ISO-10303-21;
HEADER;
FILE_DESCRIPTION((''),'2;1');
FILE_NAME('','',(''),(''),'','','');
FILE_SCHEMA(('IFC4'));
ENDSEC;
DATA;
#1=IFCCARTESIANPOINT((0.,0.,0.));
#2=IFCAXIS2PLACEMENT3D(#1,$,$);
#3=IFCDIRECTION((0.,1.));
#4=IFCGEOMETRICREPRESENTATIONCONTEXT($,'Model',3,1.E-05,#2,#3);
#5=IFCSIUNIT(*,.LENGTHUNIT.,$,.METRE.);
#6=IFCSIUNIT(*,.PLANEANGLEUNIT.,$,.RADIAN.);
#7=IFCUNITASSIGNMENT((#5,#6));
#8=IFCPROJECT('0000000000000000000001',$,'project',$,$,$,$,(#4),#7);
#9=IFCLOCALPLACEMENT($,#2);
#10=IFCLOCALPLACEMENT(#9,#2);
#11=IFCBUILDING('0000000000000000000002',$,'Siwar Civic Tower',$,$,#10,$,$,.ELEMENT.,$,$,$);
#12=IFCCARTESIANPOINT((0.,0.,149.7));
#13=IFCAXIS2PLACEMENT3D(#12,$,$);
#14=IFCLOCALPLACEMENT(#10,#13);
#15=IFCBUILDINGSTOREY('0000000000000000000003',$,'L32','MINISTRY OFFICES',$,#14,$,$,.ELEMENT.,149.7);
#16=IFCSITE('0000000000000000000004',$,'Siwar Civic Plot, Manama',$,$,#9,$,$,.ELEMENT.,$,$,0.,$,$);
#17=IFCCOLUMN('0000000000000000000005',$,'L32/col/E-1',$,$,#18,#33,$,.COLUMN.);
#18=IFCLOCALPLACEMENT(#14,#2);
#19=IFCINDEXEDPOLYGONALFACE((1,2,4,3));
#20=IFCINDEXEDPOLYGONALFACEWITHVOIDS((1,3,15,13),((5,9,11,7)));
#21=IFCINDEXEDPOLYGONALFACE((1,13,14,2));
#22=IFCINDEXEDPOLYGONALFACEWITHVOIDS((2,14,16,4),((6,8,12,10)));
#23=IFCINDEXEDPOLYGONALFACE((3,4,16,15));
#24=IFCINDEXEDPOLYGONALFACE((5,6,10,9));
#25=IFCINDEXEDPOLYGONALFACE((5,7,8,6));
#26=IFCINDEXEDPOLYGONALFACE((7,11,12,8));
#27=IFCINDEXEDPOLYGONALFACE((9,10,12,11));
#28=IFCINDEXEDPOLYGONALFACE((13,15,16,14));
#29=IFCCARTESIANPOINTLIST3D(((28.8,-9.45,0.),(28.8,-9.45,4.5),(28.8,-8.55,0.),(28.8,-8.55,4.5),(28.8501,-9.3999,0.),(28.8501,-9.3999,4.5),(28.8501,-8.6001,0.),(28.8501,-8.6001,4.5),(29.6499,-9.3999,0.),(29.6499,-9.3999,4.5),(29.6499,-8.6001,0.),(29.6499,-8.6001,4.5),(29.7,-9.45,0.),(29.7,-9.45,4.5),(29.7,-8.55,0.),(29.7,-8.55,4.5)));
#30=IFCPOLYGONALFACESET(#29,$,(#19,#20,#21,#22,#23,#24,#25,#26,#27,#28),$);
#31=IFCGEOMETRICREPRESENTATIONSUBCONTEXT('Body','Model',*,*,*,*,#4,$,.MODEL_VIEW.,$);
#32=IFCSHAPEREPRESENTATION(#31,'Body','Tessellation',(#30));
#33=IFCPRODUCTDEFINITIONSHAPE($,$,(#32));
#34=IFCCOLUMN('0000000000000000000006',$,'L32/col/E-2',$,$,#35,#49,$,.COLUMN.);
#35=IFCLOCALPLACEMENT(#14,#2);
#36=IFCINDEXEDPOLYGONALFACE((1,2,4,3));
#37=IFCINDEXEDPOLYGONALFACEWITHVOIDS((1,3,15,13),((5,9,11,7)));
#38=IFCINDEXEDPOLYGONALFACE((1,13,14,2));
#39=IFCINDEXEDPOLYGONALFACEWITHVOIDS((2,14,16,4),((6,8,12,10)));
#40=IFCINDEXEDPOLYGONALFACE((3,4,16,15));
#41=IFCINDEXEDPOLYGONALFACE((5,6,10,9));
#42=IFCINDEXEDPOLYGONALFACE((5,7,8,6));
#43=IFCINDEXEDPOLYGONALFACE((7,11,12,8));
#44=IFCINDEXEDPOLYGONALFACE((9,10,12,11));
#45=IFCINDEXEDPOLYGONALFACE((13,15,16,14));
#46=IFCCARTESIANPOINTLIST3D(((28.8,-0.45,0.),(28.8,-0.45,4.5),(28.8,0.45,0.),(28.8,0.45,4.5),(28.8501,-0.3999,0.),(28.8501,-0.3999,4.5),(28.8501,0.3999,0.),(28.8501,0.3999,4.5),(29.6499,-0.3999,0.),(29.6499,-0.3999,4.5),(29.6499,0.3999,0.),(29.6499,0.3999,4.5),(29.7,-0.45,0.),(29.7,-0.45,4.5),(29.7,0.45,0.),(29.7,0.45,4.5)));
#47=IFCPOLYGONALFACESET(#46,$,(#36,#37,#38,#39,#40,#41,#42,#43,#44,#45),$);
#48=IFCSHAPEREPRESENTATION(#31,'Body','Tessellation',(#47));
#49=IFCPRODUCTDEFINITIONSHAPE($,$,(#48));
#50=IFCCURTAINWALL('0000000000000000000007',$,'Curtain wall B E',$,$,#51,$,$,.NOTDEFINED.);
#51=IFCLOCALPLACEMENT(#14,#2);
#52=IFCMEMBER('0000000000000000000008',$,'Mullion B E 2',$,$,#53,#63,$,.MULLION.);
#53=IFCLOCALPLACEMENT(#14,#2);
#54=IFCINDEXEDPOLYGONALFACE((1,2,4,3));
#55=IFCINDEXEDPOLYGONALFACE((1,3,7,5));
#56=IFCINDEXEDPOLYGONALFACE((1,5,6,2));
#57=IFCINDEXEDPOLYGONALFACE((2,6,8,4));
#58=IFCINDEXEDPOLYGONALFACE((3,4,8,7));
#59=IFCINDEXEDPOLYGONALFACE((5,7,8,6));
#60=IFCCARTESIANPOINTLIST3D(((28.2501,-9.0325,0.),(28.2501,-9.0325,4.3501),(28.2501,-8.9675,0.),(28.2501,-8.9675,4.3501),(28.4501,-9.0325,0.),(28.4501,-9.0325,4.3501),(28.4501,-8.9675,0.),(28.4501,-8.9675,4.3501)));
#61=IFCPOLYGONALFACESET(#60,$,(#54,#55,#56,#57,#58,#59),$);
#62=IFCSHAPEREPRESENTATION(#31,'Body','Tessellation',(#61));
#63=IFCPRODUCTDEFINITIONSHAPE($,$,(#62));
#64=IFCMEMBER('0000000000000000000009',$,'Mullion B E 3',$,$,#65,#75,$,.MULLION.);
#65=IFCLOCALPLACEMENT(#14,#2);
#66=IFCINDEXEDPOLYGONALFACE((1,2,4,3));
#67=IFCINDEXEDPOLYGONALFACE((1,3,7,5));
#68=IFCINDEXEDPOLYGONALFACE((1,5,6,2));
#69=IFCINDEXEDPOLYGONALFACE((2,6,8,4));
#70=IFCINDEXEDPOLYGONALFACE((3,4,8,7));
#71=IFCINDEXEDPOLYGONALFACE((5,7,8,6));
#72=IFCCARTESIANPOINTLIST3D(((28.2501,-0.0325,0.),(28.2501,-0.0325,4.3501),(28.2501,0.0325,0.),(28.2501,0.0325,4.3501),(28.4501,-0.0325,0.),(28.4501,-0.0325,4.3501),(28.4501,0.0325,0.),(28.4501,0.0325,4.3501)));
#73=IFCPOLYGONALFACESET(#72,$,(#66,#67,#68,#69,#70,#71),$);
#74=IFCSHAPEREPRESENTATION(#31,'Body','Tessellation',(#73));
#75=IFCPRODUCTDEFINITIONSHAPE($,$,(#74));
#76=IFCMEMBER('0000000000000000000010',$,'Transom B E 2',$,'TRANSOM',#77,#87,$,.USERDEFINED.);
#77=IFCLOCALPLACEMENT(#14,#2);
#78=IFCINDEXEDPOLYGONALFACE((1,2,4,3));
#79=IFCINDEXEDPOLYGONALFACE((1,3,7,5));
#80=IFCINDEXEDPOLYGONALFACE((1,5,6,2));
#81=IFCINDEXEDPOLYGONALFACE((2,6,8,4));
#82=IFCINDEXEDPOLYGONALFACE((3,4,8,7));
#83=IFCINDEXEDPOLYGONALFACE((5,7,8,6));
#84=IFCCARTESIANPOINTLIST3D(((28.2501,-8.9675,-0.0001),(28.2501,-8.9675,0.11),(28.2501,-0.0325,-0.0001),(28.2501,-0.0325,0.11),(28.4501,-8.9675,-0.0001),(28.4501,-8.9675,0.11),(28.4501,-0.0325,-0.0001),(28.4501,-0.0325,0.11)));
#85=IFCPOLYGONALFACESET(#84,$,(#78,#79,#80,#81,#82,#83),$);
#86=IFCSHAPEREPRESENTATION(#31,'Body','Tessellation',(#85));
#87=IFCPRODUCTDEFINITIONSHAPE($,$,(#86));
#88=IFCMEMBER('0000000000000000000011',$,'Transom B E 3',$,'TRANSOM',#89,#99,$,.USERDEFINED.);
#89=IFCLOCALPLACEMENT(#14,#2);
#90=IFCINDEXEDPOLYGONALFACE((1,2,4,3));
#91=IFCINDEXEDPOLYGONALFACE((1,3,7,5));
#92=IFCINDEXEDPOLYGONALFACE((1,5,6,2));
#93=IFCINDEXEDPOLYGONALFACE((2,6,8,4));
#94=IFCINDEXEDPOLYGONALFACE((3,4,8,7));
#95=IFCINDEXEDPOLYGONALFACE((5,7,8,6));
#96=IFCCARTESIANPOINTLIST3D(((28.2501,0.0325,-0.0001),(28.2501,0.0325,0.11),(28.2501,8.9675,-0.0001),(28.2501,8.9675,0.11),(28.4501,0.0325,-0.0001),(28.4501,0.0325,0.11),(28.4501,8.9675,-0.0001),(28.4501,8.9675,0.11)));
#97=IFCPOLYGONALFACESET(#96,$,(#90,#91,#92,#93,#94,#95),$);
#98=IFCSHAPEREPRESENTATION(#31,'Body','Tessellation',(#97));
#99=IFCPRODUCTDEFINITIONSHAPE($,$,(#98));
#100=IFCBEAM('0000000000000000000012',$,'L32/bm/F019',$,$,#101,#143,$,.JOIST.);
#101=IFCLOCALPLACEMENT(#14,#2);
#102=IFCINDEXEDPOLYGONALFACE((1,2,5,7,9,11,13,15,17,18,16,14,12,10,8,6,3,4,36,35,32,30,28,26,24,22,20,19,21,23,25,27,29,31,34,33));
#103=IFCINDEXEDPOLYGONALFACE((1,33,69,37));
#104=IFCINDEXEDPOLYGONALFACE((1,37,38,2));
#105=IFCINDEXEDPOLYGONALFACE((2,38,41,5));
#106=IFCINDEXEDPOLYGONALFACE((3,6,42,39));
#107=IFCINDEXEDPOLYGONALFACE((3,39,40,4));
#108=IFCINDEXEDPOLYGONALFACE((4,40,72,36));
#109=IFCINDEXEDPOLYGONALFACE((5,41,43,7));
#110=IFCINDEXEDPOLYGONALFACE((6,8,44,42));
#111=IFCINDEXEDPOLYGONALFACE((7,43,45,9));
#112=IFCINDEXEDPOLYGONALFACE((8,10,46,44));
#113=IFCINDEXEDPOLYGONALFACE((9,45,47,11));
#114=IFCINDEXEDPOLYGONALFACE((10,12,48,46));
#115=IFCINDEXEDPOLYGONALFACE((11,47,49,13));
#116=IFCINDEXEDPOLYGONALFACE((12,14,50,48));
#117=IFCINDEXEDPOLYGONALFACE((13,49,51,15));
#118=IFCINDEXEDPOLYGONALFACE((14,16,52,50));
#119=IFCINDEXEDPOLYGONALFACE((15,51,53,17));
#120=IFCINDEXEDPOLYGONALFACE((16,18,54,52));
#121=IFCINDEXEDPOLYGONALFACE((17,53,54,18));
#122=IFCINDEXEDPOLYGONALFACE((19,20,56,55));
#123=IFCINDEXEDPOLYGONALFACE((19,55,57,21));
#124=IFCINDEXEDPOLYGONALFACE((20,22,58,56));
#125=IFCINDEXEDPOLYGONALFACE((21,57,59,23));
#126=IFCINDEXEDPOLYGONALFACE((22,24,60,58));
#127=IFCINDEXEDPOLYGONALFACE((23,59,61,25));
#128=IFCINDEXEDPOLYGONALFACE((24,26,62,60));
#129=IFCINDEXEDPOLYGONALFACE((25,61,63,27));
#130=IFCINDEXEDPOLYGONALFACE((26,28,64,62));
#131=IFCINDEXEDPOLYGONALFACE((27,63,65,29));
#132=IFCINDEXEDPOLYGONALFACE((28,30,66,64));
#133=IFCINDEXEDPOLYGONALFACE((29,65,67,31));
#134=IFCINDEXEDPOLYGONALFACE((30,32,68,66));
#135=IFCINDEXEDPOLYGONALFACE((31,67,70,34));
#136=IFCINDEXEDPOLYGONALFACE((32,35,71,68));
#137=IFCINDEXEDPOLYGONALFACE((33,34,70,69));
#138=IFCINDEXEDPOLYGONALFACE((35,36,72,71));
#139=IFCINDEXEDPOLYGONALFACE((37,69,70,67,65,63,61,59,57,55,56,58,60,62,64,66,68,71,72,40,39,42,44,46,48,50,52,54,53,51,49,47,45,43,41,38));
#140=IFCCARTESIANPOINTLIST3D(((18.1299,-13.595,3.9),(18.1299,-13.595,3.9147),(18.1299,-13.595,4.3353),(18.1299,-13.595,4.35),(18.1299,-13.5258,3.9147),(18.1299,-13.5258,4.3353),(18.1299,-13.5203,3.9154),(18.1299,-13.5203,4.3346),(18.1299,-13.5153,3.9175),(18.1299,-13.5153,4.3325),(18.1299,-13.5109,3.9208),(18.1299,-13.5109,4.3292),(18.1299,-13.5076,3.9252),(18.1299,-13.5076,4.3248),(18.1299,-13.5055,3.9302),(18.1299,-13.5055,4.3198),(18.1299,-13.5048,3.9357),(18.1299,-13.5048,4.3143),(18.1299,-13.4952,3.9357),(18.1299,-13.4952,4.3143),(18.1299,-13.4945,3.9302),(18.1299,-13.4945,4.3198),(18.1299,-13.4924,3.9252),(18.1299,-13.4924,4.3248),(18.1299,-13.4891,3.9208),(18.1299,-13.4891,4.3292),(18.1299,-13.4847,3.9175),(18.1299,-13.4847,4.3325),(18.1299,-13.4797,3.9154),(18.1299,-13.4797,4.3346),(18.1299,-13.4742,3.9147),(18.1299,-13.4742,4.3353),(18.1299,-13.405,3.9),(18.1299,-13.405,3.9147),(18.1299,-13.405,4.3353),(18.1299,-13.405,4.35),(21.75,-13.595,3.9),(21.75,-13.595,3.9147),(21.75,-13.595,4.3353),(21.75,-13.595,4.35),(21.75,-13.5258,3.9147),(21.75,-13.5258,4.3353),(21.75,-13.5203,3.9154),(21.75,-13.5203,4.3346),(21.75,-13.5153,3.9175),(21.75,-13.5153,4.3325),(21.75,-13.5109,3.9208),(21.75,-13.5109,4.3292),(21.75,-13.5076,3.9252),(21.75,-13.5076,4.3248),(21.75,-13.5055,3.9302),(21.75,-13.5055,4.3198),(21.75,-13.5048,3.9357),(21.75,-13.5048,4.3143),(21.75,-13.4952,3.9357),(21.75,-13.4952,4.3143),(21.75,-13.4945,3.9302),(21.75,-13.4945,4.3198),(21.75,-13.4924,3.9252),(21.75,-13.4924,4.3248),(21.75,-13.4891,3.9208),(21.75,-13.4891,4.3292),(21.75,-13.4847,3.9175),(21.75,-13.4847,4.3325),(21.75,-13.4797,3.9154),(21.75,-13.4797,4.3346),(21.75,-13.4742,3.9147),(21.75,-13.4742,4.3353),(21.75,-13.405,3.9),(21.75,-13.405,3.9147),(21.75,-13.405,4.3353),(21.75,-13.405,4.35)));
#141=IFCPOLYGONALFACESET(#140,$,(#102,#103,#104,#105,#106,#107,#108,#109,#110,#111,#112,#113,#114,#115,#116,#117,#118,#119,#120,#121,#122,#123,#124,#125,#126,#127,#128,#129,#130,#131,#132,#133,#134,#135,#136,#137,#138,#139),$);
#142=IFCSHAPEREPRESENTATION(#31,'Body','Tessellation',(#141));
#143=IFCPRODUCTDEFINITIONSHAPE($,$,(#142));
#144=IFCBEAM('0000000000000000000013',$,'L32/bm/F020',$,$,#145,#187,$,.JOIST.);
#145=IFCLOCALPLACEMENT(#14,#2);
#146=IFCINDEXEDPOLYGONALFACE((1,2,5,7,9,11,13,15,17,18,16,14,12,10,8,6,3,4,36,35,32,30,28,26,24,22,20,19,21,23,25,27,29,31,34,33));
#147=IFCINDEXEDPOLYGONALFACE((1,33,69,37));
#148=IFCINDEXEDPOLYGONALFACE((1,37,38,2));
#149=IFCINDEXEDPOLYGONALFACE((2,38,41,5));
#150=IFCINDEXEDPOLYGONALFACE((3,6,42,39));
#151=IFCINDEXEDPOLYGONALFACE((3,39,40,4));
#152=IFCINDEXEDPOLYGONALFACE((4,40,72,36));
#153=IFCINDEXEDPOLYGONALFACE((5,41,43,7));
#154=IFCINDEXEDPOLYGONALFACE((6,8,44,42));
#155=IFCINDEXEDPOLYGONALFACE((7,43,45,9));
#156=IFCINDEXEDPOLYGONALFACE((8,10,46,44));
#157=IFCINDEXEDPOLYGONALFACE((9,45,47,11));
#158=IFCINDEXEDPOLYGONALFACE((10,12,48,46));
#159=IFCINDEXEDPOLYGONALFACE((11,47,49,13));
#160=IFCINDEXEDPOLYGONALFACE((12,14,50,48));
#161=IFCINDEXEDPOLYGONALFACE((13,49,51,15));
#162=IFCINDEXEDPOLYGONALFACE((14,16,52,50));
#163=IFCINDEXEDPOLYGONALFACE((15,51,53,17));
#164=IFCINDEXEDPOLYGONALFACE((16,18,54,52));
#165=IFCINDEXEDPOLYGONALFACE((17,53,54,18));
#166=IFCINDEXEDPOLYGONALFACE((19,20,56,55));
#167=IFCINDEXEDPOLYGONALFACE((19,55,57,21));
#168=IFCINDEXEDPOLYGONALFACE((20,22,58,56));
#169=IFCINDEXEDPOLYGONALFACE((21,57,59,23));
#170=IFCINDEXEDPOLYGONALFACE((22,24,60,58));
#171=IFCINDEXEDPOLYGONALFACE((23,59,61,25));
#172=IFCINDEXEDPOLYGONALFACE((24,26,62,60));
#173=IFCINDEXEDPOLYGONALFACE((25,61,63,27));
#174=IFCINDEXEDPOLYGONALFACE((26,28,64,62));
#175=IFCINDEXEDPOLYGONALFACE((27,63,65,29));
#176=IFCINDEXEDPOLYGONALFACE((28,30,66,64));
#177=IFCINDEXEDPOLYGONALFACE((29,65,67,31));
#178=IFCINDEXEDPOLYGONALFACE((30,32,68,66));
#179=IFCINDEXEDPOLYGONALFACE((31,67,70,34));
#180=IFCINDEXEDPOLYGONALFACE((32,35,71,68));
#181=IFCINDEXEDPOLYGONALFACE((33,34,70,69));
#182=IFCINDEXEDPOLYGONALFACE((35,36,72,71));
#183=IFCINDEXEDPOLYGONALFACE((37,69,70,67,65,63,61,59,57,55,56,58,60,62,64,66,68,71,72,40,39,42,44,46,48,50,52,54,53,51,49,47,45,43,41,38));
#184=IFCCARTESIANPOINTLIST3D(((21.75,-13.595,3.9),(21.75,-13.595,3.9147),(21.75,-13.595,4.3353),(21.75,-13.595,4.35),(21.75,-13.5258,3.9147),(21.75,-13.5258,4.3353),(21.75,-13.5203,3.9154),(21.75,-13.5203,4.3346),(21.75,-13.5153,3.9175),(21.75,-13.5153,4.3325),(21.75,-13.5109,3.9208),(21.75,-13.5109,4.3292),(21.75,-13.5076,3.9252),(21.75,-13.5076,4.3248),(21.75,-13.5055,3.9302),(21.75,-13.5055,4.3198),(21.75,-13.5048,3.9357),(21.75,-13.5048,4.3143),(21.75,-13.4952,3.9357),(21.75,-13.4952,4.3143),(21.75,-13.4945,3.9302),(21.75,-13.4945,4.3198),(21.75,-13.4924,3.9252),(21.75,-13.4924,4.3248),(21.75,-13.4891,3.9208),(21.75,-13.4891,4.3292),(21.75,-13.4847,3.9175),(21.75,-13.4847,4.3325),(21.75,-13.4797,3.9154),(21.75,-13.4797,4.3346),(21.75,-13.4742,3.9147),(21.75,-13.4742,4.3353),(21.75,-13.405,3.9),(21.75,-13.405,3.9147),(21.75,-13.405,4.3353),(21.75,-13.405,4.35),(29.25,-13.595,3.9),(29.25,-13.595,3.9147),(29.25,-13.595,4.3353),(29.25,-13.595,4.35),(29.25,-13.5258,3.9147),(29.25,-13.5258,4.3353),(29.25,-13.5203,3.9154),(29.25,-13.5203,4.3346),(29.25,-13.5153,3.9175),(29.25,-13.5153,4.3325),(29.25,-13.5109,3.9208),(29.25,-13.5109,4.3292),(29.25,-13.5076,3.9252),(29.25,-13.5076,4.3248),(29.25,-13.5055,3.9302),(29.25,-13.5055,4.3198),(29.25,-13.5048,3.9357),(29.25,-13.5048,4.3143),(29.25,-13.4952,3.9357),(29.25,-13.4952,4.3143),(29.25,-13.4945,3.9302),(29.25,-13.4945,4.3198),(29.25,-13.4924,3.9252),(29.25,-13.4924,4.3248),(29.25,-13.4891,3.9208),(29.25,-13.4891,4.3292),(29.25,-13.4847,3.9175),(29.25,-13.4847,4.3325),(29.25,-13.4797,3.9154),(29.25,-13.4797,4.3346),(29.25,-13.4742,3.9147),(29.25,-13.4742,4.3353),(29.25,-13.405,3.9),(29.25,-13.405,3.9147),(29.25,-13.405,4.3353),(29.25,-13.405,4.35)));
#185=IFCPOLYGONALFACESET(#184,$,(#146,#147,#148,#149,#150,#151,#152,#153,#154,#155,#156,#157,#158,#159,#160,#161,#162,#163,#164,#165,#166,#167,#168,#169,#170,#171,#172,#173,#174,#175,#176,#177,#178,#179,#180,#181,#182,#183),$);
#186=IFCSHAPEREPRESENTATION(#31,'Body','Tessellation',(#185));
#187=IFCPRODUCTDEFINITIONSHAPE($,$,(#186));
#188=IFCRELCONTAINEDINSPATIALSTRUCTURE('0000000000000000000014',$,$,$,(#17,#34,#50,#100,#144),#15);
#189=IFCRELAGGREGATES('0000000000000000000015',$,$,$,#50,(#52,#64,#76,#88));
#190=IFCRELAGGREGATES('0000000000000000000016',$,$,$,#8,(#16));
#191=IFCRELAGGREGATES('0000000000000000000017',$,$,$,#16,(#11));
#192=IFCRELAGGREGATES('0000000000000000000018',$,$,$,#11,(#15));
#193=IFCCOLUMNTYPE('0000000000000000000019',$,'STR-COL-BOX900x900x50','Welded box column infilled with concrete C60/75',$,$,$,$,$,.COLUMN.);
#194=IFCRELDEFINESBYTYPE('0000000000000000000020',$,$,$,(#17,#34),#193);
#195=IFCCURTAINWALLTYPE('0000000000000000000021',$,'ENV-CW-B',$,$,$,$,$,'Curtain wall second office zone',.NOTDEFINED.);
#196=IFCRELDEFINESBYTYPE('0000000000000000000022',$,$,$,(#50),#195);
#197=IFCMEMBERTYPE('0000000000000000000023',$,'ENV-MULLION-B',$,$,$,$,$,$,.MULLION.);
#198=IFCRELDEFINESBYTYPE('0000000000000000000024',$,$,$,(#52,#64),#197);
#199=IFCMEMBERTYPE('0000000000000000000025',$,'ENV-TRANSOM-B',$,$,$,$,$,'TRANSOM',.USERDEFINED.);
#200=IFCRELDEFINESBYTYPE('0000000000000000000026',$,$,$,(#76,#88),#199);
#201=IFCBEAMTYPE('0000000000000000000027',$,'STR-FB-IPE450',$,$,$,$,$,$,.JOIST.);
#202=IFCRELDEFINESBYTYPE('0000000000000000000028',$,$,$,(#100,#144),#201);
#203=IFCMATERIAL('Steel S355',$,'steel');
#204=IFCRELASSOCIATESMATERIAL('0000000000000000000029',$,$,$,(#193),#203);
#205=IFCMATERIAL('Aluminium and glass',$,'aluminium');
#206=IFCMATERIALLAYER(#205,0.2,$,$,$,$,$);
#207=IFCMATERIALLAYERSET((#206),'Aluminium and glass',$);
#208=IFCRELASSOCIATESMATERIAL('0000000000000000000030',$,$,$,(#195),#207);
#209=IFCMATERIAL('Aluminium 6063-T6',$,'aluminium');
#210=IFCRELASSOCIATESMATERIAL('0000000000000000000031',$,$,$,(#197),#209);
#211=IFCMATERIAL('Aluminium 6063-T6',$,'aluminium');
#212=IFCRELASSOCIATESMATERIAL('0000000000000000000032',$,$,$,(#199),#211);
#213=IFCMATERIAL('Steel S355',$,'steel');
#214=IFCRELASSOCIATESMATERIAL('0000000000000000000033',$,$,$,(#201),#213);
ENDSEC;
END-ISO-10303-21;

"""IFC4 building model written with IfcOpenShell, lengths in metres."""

from ifc_helpers import new_model, si_unit, direction, frame, origin, origin_2d, place, context, subcontext, project, spatial, rectangle, hollow_rectangle, i_section, extrude, material, layer, layer_set, material_profile, profile_set, type_object, element, aggregate, save


model = new_model("IFC4")

# Units and contexts
model_context = context("Model", 3, precision=1e-05, world=origin(), true_north=direction((0.0, 1.0)))
body_context = subcontext(model_context, "Body", "Model", "MODEL_VIEW")
ifc_project = project(units=[si_unit("LENGTHUNIT", "METRE"), si_unit("PLANEANGLEUNIT", "RADIAN")], contexts=[model_context])

# Site, building, storey
site_placement = place(None, origin())
site = spatial("IfcSite", under=ifc_project, at=site_placement, Name="Siwar Civic Plot, Manama", CompositionType="ELEMENT", RefElevation=0.0)
building_placement = place(site_placement, origin())
building = spatial("IfcBuilding", under=site, at=building_placement, Name="Siwar Civic Tower", CompositionType="ELEMENT")
storey_placement = place(building_placement, frame((0.0, 0.0, 149.7)))
storey = spatial("IfcBuildingStorey", under=building, at=storey_placement, Name="L32", Description="MINISTRY OFFICES", CompositionType="ELEMENT", Elevation=149.7)

# Columns
ifc_material_1 = material(Name="Steel S355", Category="steel")
ifc_material_profile_1 = material_profile(ifc_material_1, hollow_rectangle(XDim=0.8999, YDim=0.8999, WallThickness=0.05, at=origin_2d()), Name="BOX900x900x50")
ifc_profile_set_1 = profile_set([ifc_material_profile_1], Name="Steel S355")
column_type = type_object("IfcColumnType", Name="STR-COL-BOX900x900x50", Description="Welded box column infilled with concrete C60/75", PredefinedType="COLUMN", material=ifc_profile_set_1)
for number, where, z_axis, x_axis, name in (
    (1, (29.25, -9.0, 0.0), (0.0, 0.0, 1.0), (1.0, 0.0, 0.0), "L32/col/E-1"),
    (2, (29.25, 0.0, 0.0), (0.0, 0.0, 1.0), (1.0, 0.0, 0.0), "L32/col/E-2"),
):
    element("IfcColumn", number, at=place(storey_placement, frame(where, z_axis=z_axis, x_axis=x_axis)), inside=storey, type_object=column_type, Name=name, PredefinedType="COLUMN", context=body_context, shape_type="SweptSolid", body=[
        extrude(hollow_rectangle(XDim=0.8999, YDim=0.8999, WallThickness=0.05, at=origin_2d()), origin(), (0.0, 0.0, 1.0), 4.5),
    ])

# Curtain wall, members
ifc_material_2 = material(Name="Aluminium and glass", Category="aluminium")
ifc_layer_1 = layer(ifc_material_2, 0.2)
ifc_layer_set_1 = layer_set([ifc_layer_1], Name="Aluminium and glass")
curtain_wall_type = type_object("IfcCurtainWallType", Name="ENV-CW-B", ElementType="Curtain wall second office zone", PredefinedType="NOTDEFINED", material=ifc_layer_set_1)
curtain_wall_placement = place(storey_placement, origin())
curtain_wall = element("IfcCurtainWall", 3, at=curtain_wall_placement, inside=storey, type_object=curtain_wall_type, Name="Curtain wall B E", PredefinedType="NOTDEFINED")
ifc_material_3 = material(Name="Aluminium 6063-T6", Category="aluminium")
ifc_material_profile_2 = material_profile(ifc_material_3, rectangle(XDim=0.2, YDim=0.0649, at=origin_2d()), Name="AL 200x65")
ifc_profile_set_2 = profile_set([ifc_material_profile_2], Name="Aluminium 6063-T6")
member_type_1 = type_object("IfcMemberType", Name="ENV-MULLION-B", PredefinedType="MULLION", material=ifc_profile_set_2)
member_1_placement = place(storey_placement, frame((28.3501, -9.0, 0.0), z_axis=(0.0, 0.0, 1.0), x_axis=(-1.0, 0.0, 0.0)))
member_1 = element("IfcMember", 4, at=member_1_placement, type_object=member_type_1, Name="Mullion B E 2", PredefinedType="MULLION", context=body_context, shape_type="SweptSolid", body=[
    extrude(rectangle(XDim=0.2, YDim=0.0649, at=origin_2d()), origin(), (0.0, 0.0, 1.0), 4.3501),
])
member_2_placement = place(storey_placement, frame((28.3501, 0.0, 0.0), z_axis=(0.0, 0.0, 1.0), x_axis=(-1.0, 0.0, 0.0)))
member_2 = element("IfcMember", 5, at=member_2_placement, type_object=member_type_1, Name="Mullion B E 3", PredefinedType="MULLION", context=body_context, shape_type="SweptSolid", body=[
    extrude(rectangle(XDim=0.2, YDim=0.0649, at=origin_2d()), origin(), (0.0, 0.0, 1.0), 4.3501),
])
ifc_material_4 = material(Name="Aluminium 6063-T6", Category="aluminium")
ifc_material_profile_3 = material_profile(ifc_material_4, rectangle(XDim=0.2, YDim=0.1101, at=origin_2d()), Name="AL 200x110")
ifc_profile_set_3 = profile_set([ifc_material_profile_3], Name="Aluminium 6063-T6")
member_type_2 = type_object("IfcMemberType", Name="ENV-TRANSOM-B", ElementType="TRANSOM", PredefinedType="USERDEFINED", material=ifc_profile_set_3)
member_3_placement = place(storey_placement, frame((28.3501, -8.9675, 0.0549), z_axis=(0.0, 1.0, 0.0), x_axis=(-1.0, 0.0, 0.0)))
member_3 = element("IfcMember", 6, at=member_3_placement, type_object=member_type_2, Name="Transom B E 2", ObjectType="TRANSOM", PredefinedType="USERDEFINED", context=body_context, shape_type="SweptSolid", body=[
    extrude(rectangle(XDim=0.2, YDim=0.1101, at=origin_2d()), origin(), (0.0, 0.0, 1.0), 8.9351),
])
member_4_placement = place(storey_placement, frame((28.3501, 0.0325, 0.0549), z_axis=(0.0, 1.0, 0.0), x_axis=(-1.0, 0.0, 0.0)))
member_4 = element("IfcMember", 7, at=member_4_placement, type_object=member_type_2, Name="Transom B E 3", ObjectType="TRANSOM", PredefinedType="USERDEFINED", context=body_context, shape_type="SweptSolid", body=[
    extrude(rectangle(XDim=0.2, YDim=0.1101, at=origin_2d()), origin(), (0.0, 0.0, 1.0), 8.9351),
])

# Beams
ifc_material_5 = material(Name="Steel S355", Category="steel")
ifc_material_profile_4 = material_profile(ifc_material_5, i_section(OverallWidth=0.1899, OverallDepth=0.45, WebThickness=0.0095, FlangeThickness=0.0146, FilletRadius=0.021, at=origin_2d()), Name="IPE450")
ifc_profile_set_4 = profile_set([ifc_material_profile_4], Name="Steel S355")
beam_type_1 = type_object("IfcBeamType", Name="STR-FB-IPE450", PredefinedType="JOIST", material=ifc_profile_set_4)
beam_placement = place(storey_placement, frame((18.1299, -13.5, 4.125), z_axis=(1.0, 0.0, 0.0), x_axis=(0.0, 1.0, 0.0)))
element("IfcBeam", 8, at=beam_placement, inside=storey, type_object=beam_type_1, Name="L32/bm/F019", PredefinedType="JOIST", context=body_context, shape_type="SweptSolid", body=[
    extrude(i_section(OverallWidth=0.1899, OverallDepth=0.45, WebThickness=0.0095, FlangeThickness=0.0146, FilletRadius=0.021, at=origin_2d()), origin(), (0.0, 0.0, 1.0), 3.6201),
])
for number, where, z_axis, x_axis, name in (
    (9, (21.75, -13.5, 4.125), (1.0, 0.0, 0.0), (0.0, 1.0, 0.0), "L32/bm/F020"),
):
    element("IfcBeam", number, at=place(storey_placement, frame(where, z_axis=z_axis, x_axis=x_axis)), inside=storey, type_object=beam_type_1, Name=name, PredefinedType="JOIST", context=body_context, shape_type="SweptSolid", body=[
        extrude(i_section(OverallWidth=0.1899, OverallDepth=0.45, WebThickness=0.0095, FlangeThickness=0.0146, FilletRadius=0.021, at=origin_2d()), origin(), (0.0, 0.0, 1.0), 7.5),
    ])

aggregate(curtain_wall, [member_1, member_2, member_3, member_4])

save(model, "model.ifc")
